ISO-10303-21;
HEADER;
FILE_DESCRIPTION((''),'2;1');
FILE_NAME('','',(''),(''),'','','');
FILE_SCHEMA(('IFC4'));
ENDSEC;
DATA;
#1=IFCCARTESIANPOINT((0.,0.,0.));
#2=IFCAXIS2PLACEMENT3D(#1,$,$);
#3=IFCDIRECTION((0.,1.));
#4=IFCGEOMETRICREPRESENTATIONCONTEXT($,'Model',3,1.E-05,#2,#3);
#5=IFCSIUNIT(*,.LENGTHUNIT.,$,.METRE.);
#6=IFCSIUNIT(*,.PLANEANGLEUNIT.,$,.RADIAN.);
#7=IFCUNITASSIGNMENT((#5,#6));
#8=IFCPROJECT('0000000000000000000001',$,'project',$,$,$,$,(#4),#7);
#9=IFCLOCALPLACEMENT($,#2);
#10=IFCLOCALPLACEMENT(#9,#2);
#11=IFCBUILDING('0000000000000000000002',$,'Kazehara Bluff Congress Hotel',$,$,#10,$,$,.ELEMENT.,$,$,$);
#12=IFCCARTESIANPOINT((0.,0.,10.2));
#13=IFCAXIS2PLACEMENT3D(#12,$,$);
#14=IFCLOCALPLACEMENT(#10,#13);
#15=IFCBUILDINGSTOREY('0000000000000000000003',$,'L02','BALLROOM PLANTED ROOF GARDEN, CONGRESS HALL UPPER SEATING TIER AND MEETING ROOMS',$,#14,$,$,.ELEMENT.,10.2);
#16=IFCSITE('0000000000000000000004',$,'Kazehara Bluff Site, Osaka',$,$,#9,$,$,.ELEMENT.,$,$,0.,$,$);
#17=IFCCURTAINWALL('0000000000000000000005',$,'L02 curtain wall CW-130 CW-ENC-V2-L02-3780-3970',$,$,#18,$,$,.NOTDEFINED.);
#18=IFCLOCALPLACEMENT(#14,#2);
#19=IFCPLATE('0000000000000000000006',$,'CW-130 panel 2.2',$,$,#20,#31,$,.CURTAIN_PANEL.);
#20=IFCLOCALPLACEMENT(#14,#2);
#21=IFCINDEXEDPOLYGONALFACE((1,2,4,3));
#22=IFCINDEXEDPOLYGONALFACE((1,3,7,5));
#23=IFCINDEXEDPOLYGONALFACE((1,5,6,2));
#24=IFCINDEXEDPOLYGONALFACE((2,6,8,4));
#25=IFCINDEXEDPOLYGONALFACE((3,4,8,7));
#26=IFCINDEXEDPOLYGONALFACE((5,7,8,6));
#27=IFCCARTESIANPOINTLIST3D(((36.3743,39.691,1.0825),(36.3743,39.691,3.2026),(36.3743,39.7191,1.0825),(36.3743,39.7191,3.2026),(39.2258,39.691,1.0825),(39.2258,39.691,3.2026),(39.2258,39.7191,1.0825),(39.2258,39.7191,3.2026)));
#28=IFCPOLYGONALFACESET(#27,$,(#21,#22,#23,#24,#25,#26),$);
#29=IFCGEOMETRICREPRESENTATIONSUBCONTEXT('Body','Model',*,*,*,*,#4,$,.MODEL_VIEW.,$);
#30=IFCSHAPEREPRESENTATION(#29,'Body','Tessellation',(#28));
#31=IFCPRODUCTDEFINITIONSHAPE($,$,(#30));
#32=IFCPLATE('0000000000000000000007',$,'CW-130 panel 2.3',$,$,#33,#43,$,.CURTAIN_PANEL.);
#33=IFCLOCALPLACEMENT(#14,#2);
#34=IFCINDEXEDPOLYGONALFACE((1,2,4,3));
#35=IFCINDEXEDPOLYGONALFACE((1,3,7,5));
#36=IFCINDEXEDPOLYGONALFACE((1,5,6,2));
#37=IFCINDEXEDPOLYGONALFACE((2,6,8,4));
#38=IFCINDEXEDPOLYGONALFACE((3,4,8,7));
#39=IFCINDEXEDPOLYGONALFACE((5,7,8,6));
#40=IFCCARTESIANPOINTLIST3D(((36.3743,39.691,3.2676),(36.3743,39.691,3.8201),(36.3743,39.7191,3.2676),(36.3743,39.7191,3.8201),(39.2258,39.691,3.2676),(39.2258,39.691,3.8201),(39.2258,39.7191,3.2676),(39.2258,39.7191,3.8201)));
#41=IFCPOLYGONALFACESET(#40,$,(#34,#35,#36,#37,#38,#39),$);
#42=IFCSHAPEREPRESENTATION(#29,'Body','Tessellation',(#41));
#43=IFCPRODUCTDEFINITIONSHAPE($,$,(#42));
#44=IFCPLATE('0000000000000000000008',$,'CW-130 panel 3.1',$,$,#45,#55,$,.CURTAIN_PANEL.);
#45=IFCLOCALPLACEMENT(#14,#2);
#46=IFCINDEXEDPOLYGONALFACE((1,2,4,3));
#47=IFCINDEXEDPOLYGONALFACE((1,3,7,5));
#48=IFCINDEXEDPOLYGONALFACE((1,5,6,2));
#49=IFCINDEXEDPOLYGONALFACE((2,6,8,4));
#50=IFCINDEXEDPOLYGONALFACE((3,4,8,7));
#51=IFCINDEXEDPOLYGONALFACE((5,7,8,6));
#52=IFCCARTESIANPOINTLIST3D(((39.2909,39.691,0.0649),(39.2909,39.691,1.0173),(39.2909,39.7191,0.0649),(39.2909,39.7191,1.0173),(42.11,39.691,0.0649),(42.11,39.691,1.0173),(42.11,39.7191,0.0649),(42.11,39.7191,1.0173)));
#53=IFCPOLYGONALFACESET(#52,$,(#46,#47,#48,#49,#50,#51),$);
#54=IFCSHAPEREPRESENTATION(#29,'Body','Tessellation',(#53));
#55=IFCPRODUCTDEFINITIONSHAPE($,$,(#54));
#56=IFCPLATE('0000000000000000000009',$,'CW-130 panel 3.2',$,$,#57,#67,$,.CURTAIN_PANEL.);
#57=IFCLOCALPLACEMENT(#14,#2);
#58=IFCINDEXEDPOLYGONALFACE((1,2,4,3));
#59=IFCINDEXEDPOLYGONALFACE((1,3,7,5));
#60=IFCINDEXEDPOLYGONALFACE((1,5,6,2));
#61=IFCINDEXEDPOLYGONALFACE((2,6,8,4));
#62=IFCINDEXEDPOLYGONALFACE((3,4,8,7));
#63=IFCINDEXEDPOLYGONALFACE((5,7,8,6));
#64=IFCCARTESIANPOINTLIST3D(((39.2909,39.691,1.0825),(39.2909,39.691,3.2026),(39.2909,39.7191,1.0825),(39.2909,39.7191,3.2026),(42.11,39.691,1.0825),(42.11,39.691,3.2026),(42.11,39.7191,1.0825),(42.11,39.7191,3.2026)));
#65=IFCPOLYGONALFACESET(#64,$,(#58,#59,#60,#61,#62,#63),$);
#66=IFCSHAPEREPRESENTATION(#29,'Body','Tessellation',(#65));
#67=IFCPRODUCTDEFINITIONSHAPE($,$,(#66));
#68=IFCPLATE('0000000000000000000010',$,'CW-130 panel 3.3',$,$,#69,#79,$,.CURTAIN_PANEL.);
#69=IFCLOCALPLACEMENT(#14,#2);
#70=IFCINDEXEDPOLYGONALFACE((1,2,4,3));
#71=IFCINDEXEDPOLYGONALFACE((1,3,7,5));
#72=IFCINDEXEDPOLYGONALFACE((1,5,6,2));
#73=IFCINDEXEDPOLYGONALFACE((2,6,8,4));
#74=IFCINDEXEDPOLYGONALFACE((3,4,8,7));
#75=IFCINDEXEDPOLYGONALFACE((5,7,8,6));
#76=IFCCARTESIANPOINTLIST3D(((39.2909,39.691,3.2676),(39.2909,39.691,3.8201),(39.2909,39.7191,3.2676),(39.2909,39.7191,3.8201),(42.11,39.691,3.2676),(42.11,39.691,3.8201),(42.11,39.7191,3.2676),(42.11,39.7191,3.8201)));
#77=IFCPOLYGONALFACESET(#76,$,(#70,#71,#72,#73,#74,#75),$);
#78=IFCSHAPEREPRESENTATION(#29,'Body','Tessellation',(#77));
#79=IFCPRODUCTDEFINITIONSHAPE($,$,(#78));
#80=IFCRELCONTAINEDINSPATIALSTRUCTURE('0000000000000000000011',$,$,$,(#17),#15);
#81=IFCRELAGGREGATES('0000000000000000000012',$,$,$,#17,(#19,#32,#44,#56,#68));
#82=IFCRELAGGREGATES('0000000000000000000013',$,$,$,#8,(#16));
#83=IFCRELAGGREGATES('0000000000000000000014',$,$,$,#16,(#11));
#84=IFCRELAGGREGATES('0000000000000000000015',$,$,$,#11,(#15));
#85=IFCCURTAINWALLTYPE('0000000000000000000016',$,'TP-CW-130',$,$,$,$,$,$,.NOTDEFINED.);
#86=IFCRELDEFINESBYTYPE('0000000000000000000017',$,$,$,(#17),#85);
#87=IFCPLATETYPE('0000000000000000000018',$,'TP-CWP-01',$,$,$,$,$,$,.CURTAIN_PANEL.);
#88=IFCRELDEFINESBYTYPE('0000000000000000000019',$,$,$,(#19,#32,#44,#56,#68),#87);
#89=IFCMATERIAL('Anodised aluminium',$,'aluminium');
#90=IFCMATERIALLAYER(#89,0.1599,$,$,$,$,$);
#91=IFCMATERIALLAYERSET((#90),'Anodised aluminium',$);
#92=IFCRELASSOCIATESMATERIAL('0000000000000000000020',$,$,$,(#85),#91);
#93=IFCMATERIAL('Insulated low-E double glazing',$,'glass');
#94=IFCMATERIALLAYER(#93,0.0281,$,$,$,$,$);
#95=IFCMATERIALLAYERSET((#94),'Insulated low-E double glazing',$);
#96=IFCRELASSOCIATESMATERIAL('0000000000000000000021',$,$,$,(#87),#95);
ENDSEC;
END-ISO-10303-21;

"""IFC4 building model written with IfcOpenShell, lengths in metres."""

from ifc_helpers import new_model, si_unit, direction, frame, origin, origin_2d, place, context, subcontext, project, spatial, rectangle, extrude, material, layer, layer_set, type_object, element, aggregate, save


model = new_model("IFC4")

# Units and contexts
model_context = context("Model", 3, precision=1e-05, world=origin(), true_north=direction((0.0, 1.0)))
body_context = subcontext(model_context, "Body", "Model", "MODEL_VIEW")
ifc_project = project(units=[si_unit("LENGTHUNIT", "METRE"), si_unit("PLANEANGLEUNIT", "RADIAN")], contexts=[model_context])

# Site, building, storey
site_placement = place(None, origin())
site = spatial("IfcSite", under=ifc_project, at=site_placement, Name="Kazehara Bluff Site, Osaka", CompositionType="ELEMENT", RefElevation=0.0)
building_placement = place(site_placement, origin())
building = spatial("IfcBuilding", under=site, at=building_placement, Name="Kazehara Bluff Congress Hotel", CompositionType="ELEMENT")
storey_placement = place(building_placement, frame((0.0, 0.0, 10.2)))
storey = spatial("IfcBuildingStorey", under=building, at=storey_placement, Name="L02", Description="BALLROOM PLANTED ROOF GARDEN, CONGRESS HALL UPPER SEATING TIER AND MEETING ROOMS", CompositionType="ELEMENT", Elevation=10.2)

# Curtain wall
ifc_material_1 = material(Name="Anodised aluminium", Category="aluminium")
ifc_layer_1 = layer(ifc_material_1, 0.1599)
ifc_layer_set_1 = layer_set([ifc_layer_1], Name="Anodised aluminium")
curtain_wall_type_1 = type_object("IfcCurtainWallType", Name="TP-CW-130", PredefinedType="NOTDEFINED", material=ifc_layer_set_1)
curtain_wall_1_placement = place(storey_placement, origin())
curtain_wall_1 = element("IfcCurtainWall", 1, at=curtain_wall_1_placement, inside=storey, type_object=curtain_wall_type_1, Name="L02 curtain wall CW-130 CW-ENC-V2-L02-3780-3970", PredefinedType="NOTDEFINED")

# Plates
ifc_material_2 = material(Name="Insulated low-E double glazing", Category="glass")
ifc_layer_2 = layer(ifc_material_2, 0.0281)
ifc_layer_set_2 = layer_set([ifc_layer_2], Name="Insulated low-E double glazing")
plate_type = type_object("IfcPlateType", Name="TP-CWP-01", PredefinedType="CURTAIN_PANEL", material=ifc_layer_set_2)
plate_1_placement = place(storey_placement, frame((37.8, 39.7051, 1.0825), z_axis=(0.0, 0.0, 1.0), x_axis=(1.0, 0.0, 0.0)))
plate_1 = element("IfcPlate", 2, at=plate_1_placement, type_object=plate_type, Name="CW-130 panel 2.2", PredefinedType="CURTAIN_PANEL", context=body_context, shape_type="SweptSolid", body=[
    extrude(rectangle(XDim=2.8516, YDim=0.0281, at=origin_2d()), origin(), (0.0, 0.0, 1.0), 2.1201),
])
plate_2_placement = place(storey_placement, frame((37.8, 39.7051, 3.2676), z_axis=(0.0, 0.0, 1.0), x_axis=(1.0, 0.0, 0.0)))
plate_2 = element("IfcPlate", 3, at=plate_2_placement, type_object=plate_type, Name="CW-130 panel 2.3", PredefinedType="CURTAIN_PANEL", context=body_context, shape_type="SweptSolid", body=[
    extrude(rectangle(XDim=2.8516, YDim=0.0281, at=origin_2d()), origin(), (0.0, 0.0, 1.0), 0.5525),
])
plate_3_placement = place(storey_placement, frame((40.7004, 39.7051, 0.0649), z_axis=(0.0, 0.0, 1.0), x_axis=(1.0, 0.0, 0.0)))
plate_3 = element("IfcPlate", 4, at=plate_3_placement, type_object=plate_type, Name="CW-130 panel 3.1", PredefinedType="CURTAIN_PANEL", context=body_context, shape_type="SweptSolid", body=[
    extrude(rectangle(XDim=2.8191, YDim=0.0281, at=origin_2d()), origin(), (0.0, 0.0, 1.0), 0.9524),
])
plate_4_placement = place(storey_placement, frame((40.7004, 39.7051, 1.0825), z_axis=(0.0, 0.0, 1.0), x_axis=(1.0, 0.0, 0.0)))
plate_4 = element("IfcPlate", 5, at=plate_4_placement, type_object=plate_type, Name="CW-130 panel 3.2", PredefinedType="CURTAIN_PANEL", context=body_context, shape_type="SweptSolid", body=[
    extrude(rectangle(XDim=2.8191, YDim=0.0281, at=origin_2d()), origin(), (0.0, 0.0, 1.0), 2.1201),
])
plate_5_placement = place(storey_placement, frame((40.7004, 39.7051, 3.2676), z_axis=(0.0, 0.0, 1.0), x_axis=(1.0, 0.0, 0.0)))
plate_5 = element("IfcPlate", 6, at=plate_5_placement, type_object=plate_type, Name="CW-130 panel 3.3", PredefinedType="CURTAIN_PANEL", context=body_context, shape_type="SweptSolid", body=[
    extrude(rectangle(XDim=2.8191, YDim=0.0281, at=origin_2d()), origin(), (0.0, 0.0, 1.0), 0.5525),
])
aggregate(curtain_wall_1, [plate_1, plate_2, plate_3, plate_4, plate_5])

save(model, "model.ifc")
